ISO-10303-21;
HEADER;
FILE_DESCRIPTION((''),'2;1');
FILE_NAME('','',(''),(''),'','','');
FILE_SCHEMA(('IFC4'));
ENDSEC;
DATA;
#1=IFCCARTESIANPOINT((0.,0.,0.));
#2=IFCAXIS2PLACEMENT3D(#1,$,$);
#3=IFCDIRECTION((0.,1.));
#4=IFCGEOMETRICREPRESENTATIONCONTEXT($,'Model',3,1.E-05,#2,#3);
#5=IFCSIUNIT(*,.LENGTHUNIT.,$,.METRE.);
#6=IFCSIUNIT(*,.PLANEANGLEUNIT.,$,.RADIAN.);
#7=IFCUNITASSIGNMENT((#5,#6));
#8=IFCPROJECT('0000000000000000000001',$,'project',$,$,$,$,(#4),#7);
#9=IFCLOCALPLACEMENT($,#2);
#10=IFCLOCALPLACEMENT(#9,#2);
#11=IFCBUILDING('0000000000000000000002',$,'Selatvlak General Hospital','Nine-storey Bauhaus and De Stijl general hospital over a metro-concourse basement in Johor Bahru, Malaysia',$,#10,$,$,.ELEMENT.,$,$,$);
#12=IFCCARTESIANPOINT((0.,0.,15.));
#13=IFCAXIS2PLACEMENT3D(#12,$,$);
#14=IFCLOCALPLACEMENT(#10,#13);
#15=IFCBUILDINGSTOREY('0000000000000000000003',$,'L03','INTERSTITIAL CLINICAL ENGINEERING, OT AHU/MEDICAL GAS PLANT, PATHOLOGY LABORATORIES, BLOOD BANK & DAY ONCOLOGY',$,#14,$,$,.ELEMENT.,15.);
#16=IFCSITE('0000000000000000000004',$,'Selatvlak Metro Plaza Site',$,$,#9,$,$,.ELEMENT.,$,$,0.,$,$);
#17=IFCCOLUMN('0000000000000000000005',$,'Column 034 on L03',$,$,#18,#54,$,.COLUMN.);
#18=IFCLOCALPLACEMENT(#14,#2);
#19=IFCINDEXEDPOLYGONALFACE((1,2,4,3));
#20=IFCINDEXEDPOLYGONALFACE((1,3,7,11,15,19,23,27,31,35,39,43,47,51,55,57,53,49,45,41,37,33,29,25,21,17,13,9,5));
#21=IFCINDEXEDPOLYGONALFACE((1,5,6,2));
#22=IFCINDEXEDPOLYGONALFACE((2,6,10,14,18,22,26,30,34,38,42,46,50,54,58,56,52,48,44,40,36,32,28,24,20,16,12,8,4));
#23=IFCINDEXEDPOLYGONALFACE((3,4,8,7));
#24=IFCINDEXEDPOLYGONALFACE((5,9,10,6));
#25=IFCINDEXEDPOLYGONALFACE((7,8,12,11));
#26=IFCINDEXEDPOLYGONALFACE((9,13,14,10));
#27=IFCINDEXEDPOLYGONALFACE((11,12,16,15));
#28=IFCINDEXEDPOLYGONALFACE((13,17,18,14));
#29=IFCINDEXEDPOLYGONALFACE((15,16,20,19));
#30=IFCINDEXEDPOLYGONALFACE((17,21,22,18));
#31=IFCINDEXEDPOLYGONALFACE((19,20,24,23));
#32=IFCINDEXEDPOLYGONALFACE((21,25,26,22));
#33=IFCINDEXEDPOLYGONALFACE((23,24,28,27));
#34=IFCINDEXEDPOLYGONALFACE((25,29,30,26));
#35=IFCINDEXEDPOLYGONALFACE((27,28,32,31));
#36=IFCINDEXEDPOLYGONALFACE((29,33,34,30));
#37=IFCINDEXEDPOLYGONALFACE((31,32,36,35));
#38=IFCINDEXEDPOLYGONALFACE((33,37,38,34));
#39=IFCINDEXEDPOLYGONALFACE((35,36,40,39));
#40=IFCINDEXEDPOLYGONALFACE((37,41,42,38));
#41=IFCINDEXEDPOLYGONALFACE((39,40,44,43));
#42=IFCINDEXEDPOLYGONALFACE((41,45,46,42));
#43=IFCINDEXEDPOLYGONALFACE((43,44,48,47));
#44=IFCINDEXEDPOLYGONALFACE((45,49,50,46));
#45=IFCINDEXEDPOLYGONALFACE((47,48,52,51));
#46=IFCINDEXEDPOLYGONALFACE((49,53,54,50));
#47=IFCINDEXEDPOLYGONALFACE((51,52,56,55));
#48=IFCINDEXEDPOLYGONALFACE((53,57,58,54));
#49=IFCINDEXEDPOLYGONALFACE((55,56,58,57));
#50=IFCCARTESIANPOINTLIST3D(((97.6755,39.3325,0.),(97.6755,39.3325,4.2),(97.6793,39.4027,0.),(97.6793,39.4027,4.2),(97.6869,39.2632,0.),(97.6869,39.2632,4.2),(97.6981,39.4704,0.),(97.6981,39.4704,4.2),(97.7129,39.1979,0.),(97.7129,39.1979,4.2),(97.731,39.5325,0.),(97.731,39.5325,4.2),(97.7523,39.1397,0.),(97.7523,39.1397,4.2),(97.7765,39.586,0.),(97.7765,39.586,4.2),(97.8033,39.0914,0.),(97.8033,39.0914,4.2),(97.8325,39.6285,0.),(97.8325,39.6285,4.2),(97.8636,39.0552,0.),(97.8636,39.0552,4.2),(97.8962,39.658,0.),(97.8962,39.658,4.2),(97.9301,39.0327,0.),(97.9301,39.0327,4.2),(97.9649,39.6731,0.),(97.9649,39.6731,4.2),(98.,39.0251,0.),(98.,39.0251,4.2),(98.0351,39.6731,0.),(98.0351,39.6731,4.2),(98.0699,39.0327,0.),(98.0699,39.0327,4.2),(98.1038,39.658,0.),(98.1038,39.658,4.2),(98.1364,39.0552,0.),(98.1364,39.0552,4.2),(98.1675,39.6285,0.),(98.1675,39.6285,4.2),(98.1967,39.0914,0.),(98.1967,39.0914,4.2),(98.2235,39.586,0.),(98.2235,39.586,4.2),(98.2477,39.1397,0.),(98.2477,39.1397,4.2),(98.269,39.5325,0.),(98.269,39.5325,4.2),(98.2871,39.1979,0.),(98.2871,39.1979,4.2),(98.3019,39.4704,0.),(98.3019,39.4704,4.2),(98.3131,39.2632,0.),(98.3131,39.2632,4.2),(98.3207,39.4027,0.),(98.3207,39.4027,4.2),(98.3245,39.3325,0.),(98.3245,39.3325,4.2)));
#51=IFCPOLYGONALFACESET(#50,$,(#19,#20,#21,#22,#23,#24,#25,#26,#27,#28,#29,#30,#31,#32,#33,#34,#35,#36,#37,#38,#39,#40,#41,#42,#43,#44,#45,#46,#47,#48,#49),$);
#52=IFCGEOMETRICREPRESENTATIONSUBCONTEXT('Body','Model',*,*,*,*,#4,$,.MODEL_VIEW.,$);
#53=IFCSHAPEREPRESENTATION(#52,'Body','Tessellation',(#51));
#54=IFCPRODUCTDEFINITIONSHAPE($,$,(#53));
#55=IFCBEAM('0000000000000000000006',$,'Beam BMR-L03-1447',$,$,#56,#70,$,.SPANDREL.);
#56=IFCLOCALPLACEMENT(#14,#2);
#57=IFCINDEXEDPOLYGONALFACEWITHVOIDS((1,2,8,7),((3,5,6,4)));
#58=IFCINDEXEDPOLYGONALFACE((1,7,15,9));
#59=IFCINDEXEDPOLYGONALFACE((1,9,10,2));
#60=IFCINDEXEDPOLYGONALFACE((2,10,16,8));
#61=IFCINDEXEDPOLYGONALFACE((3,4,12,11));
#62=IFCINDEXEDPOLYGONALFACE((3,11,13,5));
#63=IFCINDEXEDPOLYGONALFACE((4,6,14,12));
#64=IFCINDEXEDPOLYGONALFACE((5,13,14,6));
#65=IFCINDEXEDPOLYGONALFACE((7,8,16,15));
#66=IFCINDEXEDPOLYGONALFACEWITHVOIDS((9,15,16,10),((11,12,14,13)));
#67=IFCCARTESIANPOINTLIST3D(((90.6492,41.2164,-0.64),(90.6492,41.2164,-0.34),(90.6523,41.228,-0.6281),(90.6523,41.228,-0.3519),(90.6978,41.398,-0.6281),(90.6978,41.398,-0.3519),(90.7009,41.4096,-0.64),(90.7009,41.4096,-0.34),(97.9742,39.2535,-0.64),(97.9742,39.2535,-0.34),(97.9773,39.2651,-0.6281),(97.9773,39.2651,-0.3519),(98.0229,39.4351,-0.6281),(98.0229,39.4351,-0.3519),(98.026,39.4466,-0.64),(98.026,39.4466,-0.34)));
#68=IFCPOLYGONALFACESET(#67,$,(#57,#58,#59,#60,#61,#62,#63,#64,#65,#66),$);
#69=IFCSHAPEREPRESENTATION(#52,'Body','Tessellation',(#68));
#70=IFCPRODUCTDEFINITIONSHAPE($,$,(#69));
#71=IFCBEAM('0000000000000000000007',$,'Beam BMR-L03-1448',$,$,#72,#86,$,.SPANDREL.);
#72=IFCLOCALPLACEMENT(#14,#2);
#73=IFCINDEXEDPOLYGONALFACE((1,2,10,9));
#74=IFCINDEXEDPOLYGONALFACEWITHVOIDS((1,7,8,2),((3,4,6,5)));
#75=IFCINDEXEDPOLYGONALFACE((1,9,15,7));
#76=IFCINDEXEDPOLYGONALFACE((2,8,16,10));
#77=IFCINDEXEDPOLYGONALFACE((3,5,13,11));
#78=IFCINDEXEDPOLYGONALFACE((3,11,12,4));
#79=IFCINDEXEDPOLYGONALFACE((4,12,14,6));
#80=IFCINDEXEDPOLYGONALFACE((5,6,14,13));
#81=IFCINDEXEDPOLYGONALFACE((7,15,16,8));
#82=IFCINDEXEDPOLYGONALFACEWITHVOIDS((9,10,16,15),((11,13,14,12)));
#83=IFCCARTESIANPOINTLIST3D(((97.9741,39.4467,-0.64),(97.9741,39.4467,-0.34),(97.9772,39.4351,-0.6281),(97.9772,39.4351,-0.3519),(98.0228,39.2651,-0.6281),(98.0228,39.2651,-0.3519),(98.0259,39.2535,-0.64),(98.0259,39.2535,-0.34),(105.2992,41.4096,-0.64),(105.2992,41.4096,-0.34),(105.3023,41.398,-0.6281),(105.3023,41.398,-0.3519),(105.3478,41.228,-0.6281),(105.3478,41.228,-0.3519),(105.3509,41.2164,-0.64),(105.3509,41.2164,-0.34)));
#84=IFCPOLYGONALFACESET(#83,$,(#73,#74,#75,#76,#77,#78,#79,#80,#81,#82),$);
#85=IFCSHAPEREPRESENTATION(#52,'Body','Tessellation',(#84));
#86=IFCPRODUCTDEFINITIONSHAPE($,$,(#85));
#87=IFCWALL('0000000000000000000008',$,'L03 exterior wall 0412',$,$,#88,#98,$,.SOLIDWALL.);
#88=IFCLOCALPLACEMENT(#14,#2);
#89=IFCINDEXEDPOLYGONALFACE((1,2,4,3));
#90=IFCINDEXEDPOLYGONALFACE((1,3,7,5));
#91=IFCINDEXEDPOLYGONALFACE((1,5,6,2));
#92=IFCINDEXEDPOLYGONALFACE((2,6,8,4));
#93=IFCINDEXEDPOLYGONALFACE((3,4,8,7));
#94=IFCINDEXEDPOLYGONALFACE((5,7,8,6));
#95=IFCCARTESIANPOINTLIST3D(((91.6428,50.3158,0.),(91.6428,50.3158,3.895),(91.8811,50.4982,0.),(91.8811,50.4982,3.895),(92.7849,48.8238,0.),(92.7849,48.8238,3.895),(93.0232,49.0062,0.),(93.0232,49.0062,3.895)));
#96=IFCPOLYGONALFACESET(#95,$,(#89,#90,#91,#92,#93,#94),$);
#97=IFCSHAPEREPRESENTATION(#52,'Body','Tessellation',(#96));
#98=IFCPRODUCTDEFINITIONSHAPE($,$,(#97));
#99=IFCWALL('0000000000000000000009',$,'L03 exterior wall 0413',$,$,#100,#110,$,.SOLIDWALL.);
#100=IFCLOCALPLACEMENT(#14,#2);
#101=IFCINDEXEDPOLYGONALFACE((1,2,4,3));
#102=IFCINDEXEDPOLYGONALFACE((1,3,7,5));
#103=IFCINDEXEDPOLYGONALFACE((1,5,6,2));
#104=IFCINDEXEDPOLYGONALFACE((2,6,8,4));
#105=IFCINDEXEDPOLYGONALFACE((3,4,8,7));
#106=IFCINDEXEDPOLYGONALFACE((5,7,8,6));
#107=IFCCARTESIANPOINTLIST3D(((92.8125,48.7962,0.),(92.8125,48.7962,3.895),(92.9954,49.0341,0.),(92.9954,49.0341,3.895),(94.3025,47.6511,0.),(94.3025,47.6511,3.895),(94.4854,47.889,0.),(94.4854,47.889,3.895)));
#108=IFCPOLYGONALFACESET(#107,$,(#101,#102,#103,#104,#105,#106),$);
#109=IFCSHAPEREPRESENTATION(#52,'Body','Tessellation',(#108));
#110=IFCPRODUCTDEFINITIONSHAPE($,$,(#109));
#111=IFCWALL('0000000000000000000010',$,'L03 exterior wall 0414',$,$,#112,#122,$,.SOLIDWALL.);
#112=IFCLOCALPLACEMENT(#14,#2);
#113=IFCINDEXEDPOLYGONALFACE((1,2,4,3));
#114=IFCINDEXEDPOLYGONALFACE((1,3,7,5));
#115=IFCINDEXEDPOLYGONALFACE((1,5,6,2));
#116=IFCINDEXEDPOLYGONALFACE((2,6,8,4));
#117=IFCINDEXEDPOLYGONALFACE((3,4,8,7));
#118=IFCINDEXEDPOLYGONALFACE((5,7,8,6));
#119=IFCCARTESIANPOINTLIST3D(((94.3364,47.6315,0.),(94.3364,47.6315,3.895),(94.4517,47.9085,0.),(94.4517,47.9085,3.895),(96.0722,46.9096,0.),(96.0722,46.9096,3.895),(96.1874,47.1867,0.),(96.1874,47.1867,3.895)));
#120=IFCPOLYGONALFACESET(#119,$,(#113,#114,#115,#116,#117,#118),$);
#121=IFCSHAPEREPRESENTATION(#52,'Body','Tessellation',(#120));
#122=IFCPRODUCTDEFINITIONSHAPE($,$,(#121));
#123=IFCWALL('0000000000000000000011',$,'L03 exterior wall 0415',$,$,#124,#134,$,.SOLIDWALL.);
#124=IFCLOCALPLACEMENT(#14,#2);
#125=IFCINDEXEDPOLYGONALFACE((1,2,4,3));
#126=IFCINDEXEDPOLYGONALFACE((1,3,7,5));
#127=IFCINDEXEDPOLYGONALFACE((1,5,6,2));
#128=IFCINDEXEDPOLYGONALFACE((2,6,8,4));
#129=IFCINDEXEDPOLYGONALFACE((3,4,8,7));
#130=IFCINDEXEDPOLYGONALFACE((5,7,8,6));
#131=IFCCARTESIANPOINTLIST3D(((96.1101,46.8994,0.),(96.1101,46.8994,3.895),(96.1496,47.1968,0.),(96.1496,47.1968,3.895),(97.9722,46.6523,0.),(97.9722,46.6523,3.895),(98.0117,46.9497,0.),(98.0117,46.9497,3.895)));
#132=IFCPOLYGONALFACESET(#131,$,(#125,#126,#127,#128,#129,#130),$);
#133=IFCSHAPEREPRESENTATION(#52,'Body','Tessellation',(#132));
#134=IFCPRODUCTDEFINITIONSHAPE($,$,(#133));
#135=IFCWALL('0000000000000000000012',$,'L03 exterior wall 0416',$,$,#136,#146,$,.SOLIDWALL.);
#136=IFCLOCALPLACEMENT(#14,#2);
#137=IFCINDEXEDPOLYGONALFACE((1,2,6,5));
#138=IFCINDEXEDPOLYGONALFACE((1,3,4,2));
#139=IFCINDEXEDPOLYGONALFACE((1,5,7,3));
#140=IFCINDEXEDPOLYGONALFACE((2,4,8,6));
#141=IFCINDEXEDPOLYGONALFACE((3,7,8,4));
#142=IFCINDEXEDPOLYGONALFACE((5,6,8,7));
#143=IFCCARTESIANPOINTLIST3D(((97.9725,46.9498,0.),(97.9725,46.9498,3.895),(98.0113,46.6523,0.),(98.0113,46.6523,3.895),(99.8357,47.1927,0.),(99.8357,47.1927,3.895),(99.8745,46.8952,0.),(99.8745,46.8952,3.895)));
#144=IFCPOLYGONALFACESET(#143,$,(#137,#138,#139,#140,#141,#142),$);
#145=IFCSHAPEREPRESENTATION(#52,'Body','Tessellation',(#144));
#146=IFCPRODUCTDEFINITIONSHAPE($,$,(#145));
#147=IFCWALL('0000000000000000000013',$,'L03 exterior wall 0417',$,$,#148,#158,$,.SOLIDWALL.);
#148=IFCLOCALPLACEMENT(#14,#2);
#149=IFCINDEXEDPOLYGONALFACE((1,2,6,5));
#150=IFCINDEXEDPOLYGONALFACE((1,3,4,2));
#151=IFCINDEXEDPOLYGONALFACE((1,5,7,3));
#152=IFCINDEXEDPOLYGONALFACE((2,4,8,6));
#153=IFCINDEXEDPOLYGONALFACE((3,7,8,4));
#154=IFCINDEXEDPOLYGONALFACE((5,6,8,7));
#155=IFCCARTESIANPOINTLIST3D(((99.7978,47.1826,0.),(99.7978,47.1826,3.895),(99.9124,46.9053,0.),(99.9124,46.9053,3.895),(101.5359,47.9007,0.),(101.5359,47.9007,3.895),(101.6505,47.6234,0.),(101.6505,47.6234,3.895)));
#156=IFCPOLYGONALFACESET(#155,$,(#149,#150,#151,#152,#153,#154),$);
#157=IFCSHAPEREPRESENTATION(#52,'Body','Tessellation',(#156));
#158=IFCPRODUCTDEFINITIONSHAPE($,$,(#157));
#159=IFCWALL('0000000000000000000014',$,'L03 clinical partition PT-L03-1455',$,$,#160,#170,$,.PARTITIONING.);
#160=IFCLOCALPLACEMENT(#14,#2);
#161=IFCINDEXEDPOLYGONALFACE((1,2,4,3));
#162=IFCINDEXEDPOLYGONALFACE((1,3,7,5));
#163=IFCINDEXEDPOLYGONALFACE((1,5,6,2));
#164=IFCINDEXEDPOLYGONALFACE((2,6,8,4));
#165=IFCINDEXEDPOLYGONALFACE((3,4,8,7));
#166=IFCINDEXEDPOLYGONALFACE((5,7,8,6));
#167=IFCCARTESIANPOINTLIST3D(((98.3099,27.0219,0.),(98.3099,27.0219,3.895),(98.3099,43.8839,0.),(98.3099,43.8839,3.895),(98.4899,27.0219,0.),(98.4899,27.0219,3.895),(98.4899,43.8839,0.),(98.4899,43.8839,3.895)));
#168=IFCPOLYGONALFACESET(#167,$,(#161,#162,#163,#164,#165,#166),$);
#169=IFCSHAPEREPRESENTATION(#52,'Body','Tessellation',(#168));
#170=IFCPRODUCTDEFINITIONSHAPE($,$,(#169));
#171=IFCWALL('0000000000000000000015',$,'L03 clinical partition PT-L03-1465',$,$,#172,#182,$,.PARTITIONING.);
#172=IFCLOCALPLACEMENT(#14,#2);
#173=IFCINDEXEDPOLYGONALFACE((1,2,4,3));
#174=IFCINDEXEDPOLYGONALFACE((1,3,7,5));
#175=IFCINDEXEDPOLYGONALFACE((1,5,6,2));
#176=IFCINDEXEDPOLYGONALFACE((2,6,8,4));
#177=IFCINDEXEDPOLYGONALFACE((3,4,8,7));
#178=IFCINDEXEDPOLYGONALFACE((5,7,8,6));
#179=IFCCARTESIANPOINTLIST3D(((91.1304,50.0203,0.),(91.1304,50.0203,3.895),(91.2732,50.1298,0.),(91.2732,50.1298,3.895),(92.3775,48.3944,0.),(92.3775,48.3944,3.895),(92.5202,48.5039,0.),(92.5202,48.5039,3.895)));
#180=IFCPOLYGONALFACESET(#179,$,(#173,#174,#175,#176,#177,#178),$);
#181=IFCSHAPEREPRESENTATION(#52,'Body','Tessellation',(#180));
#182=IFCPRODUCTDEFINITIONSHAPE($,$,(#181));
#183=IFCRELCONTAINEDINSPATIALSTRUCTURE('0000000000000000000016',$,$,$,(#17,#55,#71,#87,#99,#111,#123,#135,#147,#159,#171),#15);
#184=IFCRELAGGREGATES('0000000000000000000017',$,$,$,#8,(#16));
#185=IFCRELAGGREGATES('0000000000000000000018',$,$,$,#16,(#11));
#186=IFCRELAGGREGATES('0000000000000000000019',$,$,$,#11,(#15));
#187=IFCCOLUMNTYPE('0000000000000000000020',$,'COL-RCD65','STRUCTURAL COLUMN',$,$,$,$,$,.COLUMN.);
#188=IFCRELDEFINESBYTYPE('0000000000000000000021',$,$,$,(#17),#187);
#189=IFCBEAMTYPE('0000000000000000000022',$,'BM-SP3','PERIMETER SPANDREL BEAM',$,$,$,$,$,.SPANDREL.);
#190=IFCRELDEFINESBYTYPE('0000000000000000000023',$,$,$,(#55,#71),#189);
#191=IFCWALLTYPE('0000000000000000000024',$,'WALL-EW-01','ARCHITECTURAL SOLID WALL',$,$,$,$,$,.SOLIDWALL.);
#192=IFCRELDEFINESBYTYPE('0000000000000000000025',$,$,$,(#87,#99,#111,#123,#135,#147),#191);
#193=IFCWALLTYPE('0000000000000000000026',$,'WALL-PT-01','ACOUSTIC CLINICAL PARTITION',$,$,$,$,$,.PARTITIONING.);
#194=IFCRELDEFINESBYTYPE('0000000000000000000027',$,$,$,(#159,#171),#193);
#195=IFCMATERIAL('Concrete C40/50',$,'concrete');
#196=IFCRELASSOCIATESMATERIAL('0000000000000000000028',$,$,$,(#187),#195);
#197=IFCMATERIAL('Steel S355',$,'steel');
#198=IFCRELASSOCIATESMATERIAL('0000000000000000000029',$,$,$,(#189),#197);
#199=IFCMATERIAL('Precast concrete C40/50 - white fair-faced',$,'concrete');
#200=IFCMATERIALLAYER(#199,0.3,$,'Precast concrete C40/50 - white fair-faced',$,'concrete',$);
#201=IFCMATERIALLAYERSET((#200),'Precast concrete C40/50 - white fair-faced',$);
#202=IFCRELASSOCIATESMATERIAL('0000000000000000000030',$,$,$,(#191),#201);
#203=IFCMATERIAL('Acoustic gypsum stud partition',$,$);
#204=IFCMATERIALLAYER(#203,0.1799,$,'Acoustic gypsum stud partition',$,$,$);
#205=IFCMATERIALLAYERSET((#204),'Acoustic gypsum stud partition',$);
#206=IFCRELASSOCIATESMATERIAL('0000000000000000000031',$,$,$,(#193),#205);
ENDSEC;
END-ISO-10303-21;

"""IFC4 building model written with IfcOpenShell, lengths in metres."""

from ifc_helpers import new_model, si_unit, direction, frame, frame_2d, origin, origin_2d, place, context, subcontext, project, spatial, rectangle, hollow_rectangle, circle, extrude, material, layer, layer_set, material_profile, profile_set, type_object, element, save


model = new_model("IFC4")

# Units and contexts
model_context = context("Model", 3, precision=1e-05, world=origin(), true_north=direction((0.0, 1.0)))
body_context = subcontext(model_context, "Body", "Model", "MODEL_VIEW")
ifc_project = project(units=[si_unit("LENGTHUNIT", "METRE"), si_unit("PLANEANGLEUNIT", "RADIAN")], contexts=[model_context])

# Site, building, storey
site_placement = place(None, origin())
site = spatial("IfcSite", under=ifc_project, at=site_placement, Name="Selatvlak Metro Plaza Site", CompositionType="ELEMENT", RefElevation=0.0)
building_placement = place(site_placement, origin())
building = spatial("IfcBuilding", under=site, at=building_placement, Name="Selatvlak General Hospital", Description="Nine-storey Bauhaus and De Stijl general hospital over a metro-concourse basement in Johor Bahru, Malaysia", CompositionType="ELEMENT")
storey_placement = place(building_placement, frame((0.0, 0.0, 15.0)))
storey = spatial("IfcBuildingStorey", under=building, at=storey_placement, Name="L03", Description="INTERSTITIAL CLINICAL ENGINEERING, OT AHU/MEDICAL GAS PLANT, PATHOLOGY LABORATORIES, BLOOD BANK & DAY ONCOLOGY", CompositionType="ELEMENT", Elevation=15.0)

# Column
ifc_material_1 = material(Name="Concrete C40/50", Category="concrete")
ifc_material_profile_1 = material_profile(ifc_material_1, circle(Radius=0.325, at=origin_2d()), Name="RC-COL D650")
ifc_profile_set_1 = profile_set([ifc_material_profile_1], Name="Concrete C40/50")
column_type = type_object("IfcColumnType", Name="COL-RCD65", Description="STRUCTURAL COLUMN", PredefinedType="COLUMN", material=ifc_profile_set_1)
for number, where, z_axis, x_axis, name in (
    (1, (98.0, 39.3501, 0.0), (0.0, 0.0, 1.0), (0.0, -1.0, 0.0), "Column 034 on L03"),
):
    element("IfcColumn", number, at=place(storey_placement, frame(where, z_axis=z_axis, x_axis=x_axis)), inside=storey, type_object=column_type, Name=name, PredefinedType="COLUMN", context=body_context, shape_type="SweptSolid", body=[
        extrude(circle(Radius=0.325, at=origin_2d()), origin(), (0.0, 0.0, 1.0), 4.2),
    ])

# Beams
ifc_material_2 = material(Name="Steel S355", Category="steel")
ifc_material_profile_2 = material_profile(ifc_material_2, hollow_rectangle(XDim=0.2, YDim=0.3, WallThickness=0.012, at=origin_2d()), Name="RHS 300x200x12")
ifc_profile_set_2 = profile_set([ifc_material_profile_2], Name="Steel S355")
beam_type = type_object("IfcBeamType", Name="BM-SP3", Description="PERIMETER SPANDREL BEAM", PredefinedType="SPANDREL", material=ifc_profile_set_2)
for number, where, z_axis, x_axis, name in (
    (2, (90.675, 41.313, -0.49), (0.96592, -0.258841, 0.0), (0.258841, 0.96592, 0.0), "Beam BMR-L03-1447"),
    (3, (98.0, 39.3501, -0.49), (0.96592, 0.258841, 0.0), (-0.258841, 0.96592, 0.0), "Beam BMR-L03-1448"),
):
    element("IfcBeam", number, at=place(storey_placement, frame(where, z_axis=z_axis, x_axis=x_axis)), inside=storey, type_object=beam_type, Name=name, PredefinedType="SPANDREL", context=body_context, shape_type="SweptSolid", body=[
        extrude(hollow_rectangle(XDim=0.2, YDim=0.3, WallThickness=0.012, at=origin_2d()), origin(), (0.0, 0.0, 1.0), 7.5835),
    ])

# Walls
ifc_material_3 = material(Name="Precast concrete C40/50 - white fair-faced", Category="concrete")
ifc_layer_1 = layer(ifc_material_3, 0.3, Name="Precast concrete C40/50 - white fair-faced", Category="concrete")
ifc_layer_set_1 = layer_set([ifc_layer_1], Name="Precast concrete C40/50 - white fair-faced")
wall_type_1 = type_object("IfcWallType", Name="WALL-EW-01", Description="ARCHITECTURAL SOLID WALL", PredefinedType="SOLIDWALL", material=ifc_layer_set_1)
wall_1_placement = place(storey_placement, frame((91.762, 50.407, 0.0), z_axis=(0.0, 0.0, 1.0), x_axis=(0.60785, -0.794052, 0.0)))
element("IfcWall", 4, at=wall_1_placement, inside=storey, type_object=wall_type_1, Name="L03 exterior wall 0412", PredefinedType="SOLIDWALL", context=body_context, shape_type="SweptSolid", body=[
    extrude(rectangle(XDim=1.8789, YDim=0.3, at=frame_2d((0.9395, 0.0))), origin(), (0.0, 0.0, 1.0), 3.895),
])
wall_2_placement = place(storey_placement, frame((92.9041, 48.915, 0.0), z_axis=(0.0, 0.0, 1.0), x_axis=(0.792914, -0.609334, 0.0)))
element("IfcWall", 5, at=wall_2_placement, inside=storey, type_object=wall_type_1, Name="L03 exterior wall 0413", PredefinedType="SOLIDWALL", context=body_context, shape_type="SweptSolid", body=[
    extrude(rectangle(XDim=1.8792, YDim=0.3, at=frame_2d((0.9395, 0.0))), origin(), (0.0, 0.0, 1.0), 3.895),
])
wall_3_placement = place(storey_placement, frame((94.394, 47.77, 0.0), z_axis=(0.0, 0.0, 1.0), x_axis=(0.92333, -0.384007, 0.0)))
element("IfcWall", 6, at=wall_3_placement, inside=storey, type_object=wall_type_1, Name="L03 exterior wall 0414", PredefinedType="SOLIDWALL", context=body_context, shape_type="SweptSolid", body=[
    extrude(rectangle(XDim=1.8799, YDim=0.3, at=frame_2d((0.9399, 0.0))), origin(), (0.0, 0.0, 1.0), 3.895),
])
wall_4_placement = place(storey_placement, frame((96.1299, 47.0481, 0.0), z_axis=(0.0, 0.0, 1.0), x_axis=(0.991312, -0.131534, 0.0)))
element("IfcWall", 7, at=wall_4_placement, inside=storey, type_object=wall_type_1, Name="L03 exterior wall 0415", PredefinedType="SOLIDWALL", context=body_context, shape_type="SweptSolid", body=[
    extrude(rectangle(XDim=1.8784, YDim=0.3, at=frame_2d((0.9392, 0.0))), origin(), (0.0, 0.0, 1.0), 3.895),
])
wall_5_placement = place(storey_placement, frame((97.9919, 46.801, 0.0), z_axis=(0.0, 0.0, 1.0), x_axis=(0.991606, 0.129295, 0.0)))
element("IfcWall", 8, at=wall_5_placement, inside=storey, type_object=wall_type_1, Name="L03 exterior wall 0416", PredefinedType="SOLIDWALL", context=body_context, shape_type="SweptSolid", body=[
    extrude(rectangle(XDim=1.8789, YDim=0.3, at=frame_2d((0.9395, 0.0))), origin(), (0.0, 0.0, 1.0), 3.895),
])
wall_6_placement = place(storey_placement, frame((99.855, 47.0439, 0.0), z_axis=(0.0, 0.0, 1.0), x_axis=(0.924237, 0.38182, 0.0)))
element("IfcWall", 9, at=wall_6_placement, inside=storey, type_object=wall_type_1, Name="L03 exterior wall 0417", PredefinedType="SOLIDWALL", context=body_context, shape_type="SweptSolid", body=[
    extrude(rectangle(XDim=1.8806, YDim=0.3, at=frame_2d((0.9404, 0.0))), origin(), (0.0, 0.0, 1.0), 3.895),
])
ifc_material_4 = material(Name="Acoustic gypsum stud partition")
ifc_layer_2 = layer(ifc_material_4, 0.1799, Name="Acoustic gypsum stud partition")
ifc_layer_set_2 = layer_set([ifc_layer_2], Name="Acoustic gypsum stud partition")
wall_type_2 = type_object("IfcWallType", Name="WALL-PT-01", Description="ACOUSTIC CLINICAL PARTITION", PredefinedType="PARTITIONING", material=ifc_layer_set_2)
wall_7_placement = place(storey_placement, frame((98.3999, 43.884, 0.0), z_axis=(0.0, 0.0, 1.0), x_axis=(0.0, -1.0, 0.0)))
element("IfcWall", 10, at=wall_7_placement, inside=storey, type_object=wall_type_2, Name="L03 clinical partition PT-L03-1455", PredefinedType="PARTITIONING", context=body_context, shape_type="SweptSolid", body=[
    extrude(rectangle(XDim=16.8621, YDim=0.1799, at=frame_2d((8.4312, 0.0))), origin(), (0.0, 0.0, 1.0), 3.895),
])
wall_8_placement = place(storey_placement, frame((91.2019, 50.075, 0.0), z_axis=(0.0, 0.0, 1.0), x_axis=(0.608582, -0.793491, 0.0)))
element("IfcWall", 11, at=wall_8_placement, inside=storey, type_object=wall_type_2, Name="L03 clinical partition PT-L03-1465", PredefinedType="PARTITIONING", context=body_context, shape_type="SweptSolid", body=[
    extrude(rectangle(XDim=2.0491, YDim=0.1799, at=frame_2d((1.0244, 0.0))), origin(), (0.0, 0.0, 1.0), 3.895),
])

save(model, "model.ifc")
